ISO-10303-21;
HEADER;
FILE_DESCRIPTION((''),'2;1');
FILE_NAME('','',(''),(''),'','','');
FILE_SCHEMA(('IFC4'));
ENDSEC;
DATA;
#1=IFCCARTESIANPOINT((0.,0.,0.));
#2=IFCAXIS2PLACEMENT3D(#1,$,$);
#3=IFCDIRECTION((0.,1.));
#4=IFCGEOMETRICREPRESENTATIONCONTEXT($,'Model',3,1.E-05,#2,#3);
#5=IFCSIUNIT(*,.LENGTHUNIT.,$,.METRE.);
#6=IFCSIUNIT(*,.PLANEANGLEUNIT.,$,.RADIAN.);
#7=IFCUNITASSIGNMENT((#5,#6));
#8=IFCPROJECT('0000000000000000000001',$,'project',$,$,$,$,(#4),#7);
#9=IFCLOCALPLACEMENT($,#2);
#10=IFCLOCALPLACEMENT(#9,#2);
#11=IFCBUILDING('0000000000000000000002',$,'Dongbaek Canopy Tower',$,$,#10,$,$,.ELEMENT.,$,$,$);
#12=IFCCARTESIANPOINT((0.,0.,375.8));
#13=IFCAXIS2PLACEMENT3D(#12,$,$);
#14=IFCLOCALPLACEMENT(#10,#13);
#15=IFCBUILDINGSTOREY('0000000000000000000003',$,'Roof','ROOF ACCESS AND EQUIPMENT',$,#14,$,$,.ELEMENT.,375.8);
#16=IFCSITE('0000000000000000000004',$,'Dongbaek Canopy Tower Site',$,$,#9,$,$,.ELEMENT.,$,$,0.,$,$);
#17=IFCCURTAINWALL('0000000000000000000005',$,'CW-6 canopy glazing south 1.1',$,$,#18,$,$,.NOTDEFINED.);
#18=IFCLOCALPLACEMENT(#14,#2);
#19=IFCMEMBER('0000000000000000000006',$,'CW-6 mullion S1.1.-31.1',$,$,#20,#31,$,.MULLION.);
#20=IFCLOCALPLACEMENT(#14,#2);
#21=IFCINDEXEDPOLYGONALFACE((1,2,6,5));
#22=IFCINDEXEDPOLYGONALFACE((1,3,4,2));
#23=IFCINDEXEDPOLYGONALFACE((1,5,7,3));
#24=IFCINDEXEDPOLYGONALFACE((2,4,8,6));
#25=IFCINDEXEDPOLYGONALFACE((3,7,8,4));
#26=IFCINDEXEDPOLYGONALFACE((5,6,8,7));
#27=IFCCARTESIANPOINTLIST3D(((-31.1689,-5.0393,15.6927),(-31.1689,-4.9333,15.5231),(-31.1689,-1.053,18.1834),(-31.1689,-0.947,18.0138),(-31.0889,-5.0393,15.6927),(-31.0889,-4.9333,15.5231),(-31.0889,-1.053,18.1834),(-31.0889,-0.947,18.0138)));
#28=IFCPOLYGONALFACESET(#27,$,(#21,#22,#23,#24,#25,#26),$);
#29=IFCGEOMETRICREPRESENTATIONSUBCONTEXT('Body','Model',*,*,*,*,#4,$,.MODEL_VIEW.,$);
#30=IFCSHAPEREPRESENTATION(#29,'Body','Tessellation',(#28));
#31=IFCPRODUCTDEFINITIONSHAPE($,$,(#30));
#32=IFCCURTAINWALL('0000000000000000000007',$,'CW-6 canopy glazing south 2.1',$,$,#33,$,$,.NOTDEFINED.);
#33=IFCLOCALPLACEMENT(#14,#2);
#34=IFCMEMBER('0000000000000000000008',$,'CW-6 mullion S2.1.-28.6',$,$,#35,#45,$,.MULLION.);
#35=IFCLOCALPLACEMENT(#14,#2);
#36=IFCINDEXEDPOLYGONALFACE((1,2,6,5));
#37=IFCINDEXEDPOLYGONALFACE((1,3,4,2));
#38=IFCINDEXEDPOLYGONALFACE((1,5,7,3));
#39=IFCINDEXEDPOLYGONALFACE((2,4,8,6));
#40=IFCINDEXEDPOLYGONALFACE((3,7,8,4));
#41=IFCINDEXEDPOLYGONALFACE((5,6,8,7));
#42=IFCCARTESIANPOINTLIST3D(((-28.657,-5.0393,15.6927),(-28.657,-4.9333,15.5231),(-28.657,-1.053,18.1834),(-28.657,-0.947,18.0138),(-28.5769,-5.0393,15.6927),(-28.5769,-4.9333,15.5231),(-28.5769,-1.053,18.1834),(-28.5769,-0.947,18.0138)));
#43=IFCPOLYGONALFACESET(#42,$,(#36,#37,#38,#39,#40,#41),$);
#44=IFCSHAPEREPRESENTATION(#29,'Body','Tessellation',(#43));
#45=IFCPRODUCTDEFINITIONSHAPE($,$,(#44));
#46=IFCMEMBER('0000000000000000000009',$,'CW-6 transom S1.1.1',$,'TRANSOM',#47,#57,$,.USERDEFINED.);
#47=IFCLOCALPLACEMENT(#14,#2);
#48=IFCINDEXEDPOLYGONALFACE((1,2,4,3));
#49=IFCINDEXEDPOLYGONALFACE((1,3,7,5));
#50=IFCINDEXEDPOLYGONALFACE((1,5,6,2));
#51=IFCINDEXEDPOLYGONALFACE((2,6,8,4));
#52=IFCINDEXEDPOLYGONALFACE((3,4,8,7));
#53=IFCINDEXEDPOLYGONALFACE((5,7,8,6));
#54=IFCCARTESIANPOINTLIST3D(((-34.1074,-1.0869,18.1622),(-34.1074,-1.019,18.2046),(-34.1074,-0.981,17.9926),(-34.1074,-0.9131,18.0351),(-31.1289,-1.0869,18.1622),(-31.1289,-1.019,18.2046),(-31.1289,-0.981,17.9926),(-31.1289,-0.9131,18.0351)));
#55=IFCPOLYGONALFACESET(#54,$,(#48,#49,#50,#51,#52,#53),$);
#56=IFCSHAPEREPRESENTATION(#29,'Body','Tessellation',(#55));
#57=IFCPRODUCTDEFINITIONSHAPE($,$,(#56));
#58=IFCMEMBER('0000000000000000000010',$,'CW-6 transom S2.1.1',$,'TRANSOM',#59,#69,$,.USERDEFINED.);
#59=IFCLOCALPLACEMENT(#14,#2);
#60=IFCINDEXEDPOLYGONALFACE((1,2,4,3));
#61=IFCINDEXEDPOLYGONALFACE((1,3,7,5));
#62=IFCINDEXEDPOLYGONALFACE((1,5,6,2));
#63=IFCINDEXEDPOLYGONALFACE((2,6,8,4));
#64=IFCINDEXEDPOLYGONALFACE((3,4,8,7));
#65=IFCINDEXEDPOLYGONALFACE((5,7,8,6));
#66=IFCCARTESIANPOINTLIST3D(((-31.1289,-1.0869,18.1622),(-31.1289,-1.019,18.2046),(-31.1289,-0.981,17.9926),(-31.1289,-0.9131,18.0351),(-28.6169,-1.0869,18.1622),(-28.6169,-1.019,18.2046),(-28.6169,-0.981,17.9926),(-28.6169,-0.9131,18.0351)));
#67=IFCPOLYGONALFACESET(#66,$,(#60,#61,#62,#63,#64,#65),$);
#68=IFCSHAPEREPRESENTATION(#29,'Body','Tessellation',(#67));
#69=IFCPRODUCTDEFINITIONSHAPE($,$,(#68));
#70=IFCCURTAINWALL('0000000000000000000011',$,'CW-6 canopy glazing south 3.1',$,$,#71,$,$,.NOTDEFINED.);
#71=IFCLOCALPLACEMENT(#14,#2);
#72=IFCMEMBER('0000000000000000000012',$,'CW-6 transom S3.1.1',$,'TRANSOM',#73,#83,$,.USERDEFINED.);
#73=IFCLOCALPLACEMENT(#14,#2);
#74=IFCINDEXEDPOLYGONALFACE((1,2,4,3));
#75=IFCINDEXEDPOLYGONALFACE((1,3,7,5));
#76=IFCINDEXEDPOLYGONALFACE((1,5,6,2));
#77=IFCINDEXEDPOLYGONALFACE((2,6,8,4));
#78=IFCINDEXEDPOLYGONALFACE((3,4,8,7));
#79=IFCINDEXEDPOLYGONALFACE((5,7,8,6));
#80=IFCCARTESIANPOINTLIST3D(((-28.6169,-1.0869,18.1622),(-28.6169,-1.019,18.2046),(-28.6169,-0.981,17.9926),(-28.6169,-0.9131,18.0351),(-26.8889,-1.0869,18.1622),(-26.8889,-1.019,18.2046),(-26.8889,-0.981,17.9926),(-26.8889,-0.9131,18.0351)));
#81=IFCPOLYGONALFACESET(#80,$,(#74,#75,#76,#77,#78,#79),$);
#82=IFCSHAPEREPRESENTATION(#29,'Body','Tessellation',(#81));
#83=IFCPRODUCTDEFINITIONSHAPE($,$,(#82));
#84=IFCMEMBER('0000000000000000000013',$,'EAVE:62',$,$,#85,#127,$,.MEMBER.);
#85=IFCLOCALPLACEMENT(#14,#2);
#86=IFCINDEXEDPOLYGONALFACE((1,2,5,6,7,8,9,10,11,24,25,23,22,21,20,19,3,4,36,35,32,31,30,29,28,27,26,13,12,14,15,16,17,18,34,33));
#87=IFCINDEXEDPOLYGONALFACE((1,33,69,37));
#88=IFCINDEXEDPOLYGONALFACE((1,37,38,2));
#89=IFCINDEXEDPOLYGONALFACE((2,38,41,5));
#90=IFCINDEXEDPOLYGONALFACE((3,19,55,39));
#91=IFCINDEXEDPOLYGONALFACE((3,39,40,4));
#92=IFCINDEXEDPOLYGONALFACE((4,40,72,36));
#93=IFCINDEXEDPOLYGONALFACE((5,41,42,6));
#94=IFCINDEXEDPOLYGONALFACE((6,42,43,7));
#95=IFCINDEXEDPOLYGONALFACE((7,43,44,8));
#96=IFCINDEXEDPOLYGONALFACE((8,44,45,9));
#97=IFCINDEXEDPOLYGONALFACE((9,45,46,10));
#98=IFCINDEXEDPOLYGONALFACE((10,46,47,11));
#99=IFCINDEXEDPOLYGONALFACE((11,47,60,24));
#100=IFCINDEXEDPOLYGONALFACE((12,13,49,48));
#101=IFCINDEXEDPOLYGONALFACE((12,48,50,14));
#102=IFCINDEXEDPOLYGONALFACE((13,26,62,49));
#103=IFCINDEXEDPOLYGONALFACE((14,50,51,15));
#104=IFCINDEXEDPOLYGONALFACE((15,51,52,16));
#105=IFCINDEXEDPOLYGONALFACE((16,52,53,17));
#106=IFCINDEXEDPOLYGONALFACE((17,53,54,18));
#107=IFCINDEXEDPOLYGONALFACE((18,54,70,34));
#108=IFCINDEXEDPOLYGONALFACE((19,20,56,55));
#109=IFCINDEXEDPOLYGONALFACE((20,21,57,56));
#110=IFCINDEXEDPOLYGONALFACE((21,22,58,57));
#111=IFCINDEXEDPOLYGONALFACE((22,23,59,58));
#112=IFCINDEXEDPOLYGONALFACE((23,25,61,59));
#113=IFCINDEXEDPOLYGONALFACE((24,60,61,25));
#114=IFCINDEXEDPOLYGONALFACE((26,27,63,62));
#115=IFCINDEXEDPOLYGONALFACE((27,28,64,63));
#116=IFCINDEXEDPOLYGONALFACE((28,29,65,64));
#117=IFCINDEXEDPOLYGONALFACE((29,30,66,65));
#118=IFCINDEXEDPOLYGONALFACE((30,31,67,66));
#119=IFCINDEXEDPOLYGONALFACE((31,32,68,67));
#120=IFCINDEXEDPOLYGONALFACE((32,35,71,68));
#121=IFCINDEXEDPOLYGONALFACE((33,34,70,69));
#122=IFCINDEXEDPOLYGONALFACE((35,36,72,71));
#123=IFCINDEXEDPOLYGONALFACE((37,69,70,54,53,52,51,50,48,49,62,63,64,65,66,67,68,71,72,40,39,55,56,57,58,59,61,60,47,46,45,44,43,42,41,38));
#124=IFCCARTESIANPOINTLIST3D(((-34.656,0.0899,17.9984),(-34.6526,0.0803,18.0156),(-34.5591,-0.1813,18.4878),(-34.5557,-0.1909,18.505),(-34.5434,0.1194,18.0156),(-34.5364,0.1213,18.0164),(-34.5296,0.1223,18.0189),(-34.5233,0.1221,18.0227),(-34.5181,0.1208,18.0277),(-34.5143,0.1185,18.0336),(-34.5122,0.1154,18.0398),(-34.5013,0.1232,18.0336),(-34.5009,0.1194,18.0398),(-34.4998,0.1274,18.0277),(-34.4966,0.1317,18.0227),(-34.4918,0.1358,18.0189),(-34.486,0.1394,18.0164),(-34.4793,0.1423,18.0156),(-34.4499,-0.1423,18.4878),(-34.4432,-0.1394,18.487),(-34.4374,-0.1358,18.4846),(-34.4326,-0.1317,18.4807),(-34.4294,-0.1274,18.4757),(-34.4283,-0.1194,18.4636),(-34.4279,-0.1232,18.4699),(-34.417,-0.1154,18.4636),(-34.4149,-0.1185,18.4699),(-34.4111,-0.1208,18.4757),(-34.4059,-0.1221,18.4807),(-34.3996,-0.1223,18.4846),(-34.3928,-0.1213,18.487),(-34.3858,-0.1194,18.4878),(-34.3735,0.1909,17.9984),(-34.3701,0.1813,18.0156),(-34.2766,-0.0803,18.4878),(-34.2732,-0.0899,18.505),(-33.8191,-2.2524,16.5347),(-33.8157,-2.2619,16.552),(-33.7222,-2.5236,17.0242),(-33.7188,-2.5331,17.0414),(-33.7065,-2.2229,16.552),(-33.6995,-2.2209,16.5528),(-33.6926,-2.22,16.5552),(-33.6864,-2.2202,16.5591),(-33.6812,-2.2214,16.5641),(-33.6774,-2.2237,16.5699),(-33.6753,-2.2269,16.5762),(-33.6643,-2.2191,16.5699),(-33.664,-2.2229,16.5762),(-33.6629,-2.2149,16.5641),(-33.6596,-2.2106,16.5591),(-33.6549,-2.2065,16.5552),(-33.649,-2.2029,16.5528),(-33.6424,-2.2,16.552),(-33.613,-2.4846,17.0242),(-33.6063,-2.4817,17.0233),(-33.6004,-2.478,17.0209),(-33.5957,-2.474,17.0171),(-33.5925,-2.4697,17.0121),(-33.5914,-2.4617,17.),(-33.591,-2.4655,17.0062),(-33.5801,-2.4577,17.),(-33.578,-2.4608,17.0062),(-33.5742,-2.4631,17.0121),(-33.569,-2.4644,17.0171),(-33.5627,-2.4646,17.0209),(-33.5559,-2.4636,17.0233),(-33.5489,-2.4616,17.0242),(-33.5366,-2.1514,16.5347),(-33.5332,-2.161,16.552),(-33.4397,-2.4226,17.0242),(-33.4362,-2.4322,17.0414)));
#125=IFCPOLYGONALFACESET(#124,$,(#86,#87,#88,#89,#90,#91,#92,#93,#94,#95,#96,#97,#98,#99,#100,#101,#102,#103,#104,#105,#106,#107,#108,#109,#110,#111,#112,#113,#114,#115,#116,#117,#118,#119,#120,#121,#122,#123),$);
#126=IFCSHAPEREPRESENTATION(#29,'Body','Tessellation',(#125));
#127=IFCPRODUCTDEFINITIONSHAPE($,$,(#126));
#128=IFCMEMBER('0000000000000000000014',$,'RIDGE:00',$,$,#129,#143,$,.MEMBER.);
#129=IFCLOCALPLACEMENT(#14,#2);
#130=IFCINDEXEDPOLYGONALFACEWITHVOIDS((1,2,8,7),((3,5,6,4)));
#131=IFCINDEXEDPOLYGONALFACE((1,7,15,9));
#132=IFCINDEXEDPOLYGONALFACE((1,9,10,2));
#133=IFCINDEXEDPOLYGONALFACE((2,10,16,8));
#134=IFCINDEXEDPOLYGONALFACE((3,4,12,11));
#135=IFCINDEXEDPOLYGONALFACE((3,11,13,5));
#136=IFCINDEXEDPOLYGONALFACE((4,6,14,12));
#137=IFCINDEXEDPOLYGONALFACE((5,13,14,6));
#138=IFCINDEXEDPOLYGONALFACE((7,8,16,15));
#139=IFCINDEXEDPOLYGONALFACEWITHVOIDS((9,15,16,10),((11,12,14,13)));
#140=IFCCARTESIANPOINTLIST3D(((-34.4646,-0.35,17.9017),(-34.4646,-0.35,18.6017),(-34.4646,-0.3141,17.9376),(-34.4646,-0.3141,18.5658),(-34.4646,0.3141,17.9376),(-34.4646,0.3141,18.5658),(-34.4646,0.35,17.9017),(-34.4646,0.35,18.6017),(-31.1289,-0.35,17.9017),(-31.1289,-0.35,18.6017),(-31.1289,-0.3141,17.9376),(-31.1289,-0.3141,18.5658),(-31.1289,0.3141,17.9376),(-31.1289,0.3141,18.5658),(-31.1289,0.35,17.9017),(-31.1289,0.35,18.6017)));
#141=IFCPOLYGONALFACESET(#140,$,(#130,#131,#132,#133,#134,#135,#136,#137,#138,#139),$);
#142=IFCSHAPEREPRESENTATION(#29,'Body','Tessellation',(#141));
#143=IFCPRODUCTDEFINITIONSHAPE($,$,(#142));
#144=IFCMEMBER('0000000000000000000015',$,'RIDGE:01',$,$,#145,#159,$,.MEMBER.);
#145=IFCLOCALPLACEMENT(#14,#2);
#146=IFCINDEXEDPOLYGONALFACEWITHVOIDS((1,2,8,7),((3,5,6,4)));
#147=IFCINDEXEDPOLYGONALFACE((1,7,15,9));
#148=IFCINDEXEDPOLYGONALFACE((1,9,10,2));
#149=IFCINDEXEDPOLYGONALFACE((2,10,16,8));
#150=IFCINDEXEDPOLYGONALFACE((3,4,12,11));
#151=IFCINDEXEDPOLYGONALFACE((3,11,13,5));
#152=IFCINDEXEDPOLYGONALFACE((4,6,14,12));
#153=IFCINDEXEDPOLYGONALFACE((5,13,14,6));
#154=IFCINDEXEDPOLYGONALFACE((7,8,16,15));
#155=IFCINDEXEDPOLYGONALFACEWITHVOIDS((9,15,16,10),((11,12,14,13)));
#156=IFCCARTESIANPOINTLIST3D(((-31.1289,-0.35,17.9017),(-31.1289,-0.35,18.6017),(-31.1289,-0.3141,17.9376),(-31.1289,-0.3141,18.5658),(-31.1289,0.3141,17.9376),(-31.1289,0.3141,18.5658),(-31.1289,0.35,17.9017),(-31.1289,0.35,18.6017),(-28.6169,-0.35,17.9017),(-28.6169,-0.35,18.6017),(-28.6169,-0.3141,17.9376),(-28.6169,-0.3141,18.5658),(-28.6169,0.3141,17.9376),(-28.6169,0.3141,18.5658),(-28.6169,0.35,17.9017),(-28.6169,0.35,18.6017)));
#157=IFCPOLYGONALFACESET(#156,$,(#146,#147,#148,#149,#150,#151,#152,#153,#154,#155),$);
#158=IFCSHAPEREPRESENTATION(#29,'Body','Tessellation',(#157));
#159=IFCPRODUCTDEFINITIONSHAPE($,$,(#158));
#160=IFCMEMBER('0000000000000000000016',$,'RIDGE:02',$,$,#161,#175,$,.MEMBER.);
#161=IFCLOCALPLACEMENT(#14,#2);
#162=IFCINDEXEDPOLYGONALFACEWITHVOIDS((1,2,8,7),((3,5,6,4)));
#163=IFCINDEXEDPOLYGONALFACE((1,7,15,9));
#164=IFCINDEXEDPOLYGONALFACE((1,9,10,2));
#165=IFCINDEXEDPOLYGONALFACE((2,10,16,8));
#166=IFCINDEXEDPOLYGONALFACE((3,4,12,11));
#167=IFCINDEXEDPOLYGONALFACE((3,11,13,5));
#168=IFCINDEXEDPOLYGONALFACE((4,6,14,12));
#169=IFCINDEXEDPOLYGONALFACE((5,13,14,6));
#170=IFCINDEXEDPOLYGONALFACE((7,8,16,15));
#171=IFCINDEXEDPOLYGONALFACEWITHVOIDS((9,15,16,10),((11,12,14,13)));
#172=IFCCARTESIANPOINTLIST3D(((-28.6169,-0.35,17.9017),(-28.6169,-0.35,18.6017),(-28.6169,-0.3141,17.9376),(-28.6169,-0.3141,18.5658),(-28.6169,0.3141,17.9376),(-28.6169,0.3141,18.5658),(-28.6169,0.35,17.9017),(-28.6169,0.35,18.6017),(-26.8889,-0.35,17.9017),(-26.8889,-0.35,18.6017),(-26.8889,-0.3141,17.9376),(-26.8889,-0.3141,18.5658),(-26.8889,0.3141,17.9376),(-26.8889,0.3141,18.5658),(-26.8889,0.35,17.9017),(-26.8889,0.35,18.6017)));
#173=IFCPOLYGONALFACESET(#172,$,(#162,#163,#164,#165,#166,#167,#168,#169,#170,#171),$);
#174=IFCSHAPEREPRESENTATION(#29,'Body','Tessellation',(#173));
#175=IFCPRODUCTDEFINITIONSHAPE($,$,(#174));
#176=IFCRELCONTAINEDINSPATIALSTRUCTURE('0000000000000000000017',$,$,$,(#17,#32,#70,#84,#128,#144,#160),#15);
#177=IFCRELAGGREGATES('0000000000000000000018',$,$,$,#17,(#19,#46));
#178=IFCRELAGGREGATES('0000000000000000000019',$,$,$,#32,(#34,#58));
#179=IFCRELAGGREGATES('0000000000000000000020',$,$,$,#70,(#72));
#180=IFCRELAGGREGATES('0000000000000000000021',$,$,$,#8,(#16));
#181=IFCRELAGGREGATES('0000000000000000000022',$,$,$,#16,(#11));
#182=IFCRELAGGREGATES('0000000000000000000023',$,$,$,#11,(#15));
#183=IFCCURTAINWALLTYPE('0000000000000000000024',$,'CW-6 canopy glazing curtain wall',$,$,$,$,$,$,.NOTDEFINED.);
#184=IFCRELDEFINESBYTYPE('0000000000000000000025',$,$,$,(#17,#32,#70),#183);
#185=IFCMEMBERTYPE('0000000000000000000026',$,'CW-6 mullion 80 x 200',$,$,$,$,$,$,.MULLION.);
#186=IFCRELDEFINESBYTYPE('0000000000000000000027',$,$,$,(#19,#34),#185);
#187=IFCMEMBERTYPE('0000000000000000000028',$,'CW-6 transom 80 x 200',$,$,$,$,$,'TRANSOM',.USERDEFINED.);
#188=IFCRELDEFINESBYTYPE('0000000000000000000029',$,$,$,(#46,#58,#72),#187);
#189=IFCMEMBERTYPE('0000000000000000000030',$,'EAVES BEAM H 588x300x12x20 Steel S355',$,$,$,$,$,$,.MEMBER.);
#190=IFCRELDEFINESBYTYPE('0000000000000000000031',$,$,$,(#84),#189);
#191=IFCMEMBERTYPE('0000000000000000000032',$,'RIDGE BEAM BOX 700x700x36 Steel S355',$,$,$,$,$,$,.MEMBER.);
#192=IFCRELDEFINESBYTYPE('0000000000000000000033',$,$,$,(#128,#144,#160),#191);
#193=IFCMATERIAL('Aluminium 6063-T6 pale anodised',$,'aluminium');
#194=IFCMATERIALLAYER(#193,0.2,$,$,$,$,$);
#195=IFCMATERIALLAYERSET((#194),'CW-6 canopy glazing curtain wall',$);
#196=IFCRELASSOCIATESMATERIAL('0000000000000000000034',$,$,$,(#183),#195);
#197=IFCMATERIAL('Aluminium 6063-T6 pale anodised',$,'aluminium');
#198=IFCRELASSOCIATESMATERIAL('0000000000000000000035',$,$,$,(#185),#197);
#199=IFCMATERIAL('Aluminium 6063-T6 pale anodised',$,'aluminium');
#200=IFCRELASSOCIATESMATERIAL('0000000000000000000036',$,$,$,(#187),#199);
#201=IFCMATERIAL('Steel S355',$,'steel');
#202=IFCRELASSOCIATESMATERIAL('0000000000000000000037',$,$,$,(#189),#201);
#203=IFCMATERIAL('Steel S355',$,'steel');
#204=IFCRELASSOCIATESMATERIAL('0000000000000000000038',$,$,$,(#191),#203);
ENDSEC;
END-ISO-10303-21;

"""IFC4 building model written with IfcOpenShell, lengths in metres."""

from ifc_helpers import new_model, si_unit, direction, frame, origin, origin_2d, place, context, subcontext, project, spatial, rectangle, hollow_rectangle, i_section, extrude, material, layer, layer_set, material_profile, profile_set, type_object, element, aggregate, save


model = new_model("IFC4")

# Units and contexts
model_context = context("Model", 3, precision=1e-05, world=origin(), true_north=direction((0.0, 1.0)))
body_context = subcontext(model_context, "Body", "Model", "MODEL_VIEW")
ifc_project = project(units=[si_unit("LENGTHUNIT", "METRE"), si_unit("PLANEANGLEUNIT", "RADIAN")], contexts=[model_context])

# Site, building, storey
site_placement = place(None, origin())
site = spatial("IfcSite", under=ifc_project, at=site_placement, Name="Dongbaek Canopy Tower Site", CompositionType="ELEMENT", RefElevation=0.0)
building_placement = place(site_placement, origin())
building = spatial("IfcBuilding", under=site, at=building_placement, Name="Dongbaek Canopy Tower", CompositionType="ELEMENT")
storey_placement = place(building_placement, frame((0.0, 0.0, 375.8)))
storey = spatial("IfcBuildingStorey", under=building, at=storey_placement, Name="Roof", Description="ROOF ACCESS AND EQUIPMENT", CompositionType="ELEMENT", Elevation=375.8)

# Curtain walls, members
ifc_material_1 = material(Name="Aluminium 6063-T6 pale anodised", Category="aluminium")
ifc_layer_1 = layer(ifc_material_1, 0.2)
ifc_layer_set_1 = layer_set([ifc_layer_1], Name="CW-6 canopy glazing curtain wall")
curtain_wall_type = type_object("IfcCurtainWallType", Name="CW-6 canopy glazing curtain wall", PredefinedType="NOTDEFINED", material=ifc_layer_set_1)
curtain_wall_1_placement = place(storey_placement, origin())
curtain_wall_1 = element("IfcCurtainWall", 1, at=curtain_wall_1_placement, inside=storey, type_object=curtain_wall_type, Name="CW-6 canopy glazing south 1.1", PredefinedType="NOTDEFINED")
ifc_material_2 = material(Name="Aluminium 6063-T6 pale anodised", Category="aluminium")
ifc_material_profile_1 = material_profile(ifc_material_2, rectangle(XDim=0.0801, YDim=0.2, at=origin_2d()), Name="CW-6 mullion 80 x 200")
ifc_profile_set_1 = profile_set([ifc_material_profile_1], Name="Aluminium 6063-T6 pale anodised")
member_type_1 = type_object("IfcMemberType", Name="CW-6 mullion 80 x 200", PredefinedType="MULLION", material=ifc_profile_set_1)
member_1_placement = place(storey_placement, frame((-31.1289, -1.0, 18.0986), z_axis=(0.0, -0.848068, -0.529887), x_axis=(1.0, 0.0, 0.0)))
member_1 = element("IfcMember", 2, at=member_1_placement, type_object=member_type_1, Name="CW-6 mullion S1.1.-31.1", PredefinedType="MULLION", context=body_context, shape_type="SweptSolid", body=[
    extrude(rectangle(XDim=0.0801, YDim=0.2, at=origin_2d()), origin(), (0.0, 0.0, 1.0), 4.7004),
])
curtain_wall_2_placement = place(storey_placement, origin())
curtain_wall_2 = element("IfcCurtainWall", 3, at=curtain_wall_2_placement, inside=storey, type_object=curtain_wall_type, Name="CW-6 canopy glazing south 2.1", PredefinedType="NOTDEFINED")
member_2_placement = place(storey_placement, frame((-28.6169, -1.0, 18.0986), z_axis=(0.0, -0.848068, -0.529887), x_axis=(1.0, 0.0, 0.0)))
member_2 = element("IfcMember", 4, at=member_2_placement, type_object=member_type_1, Name="CW-6 mullion S2.1.-28.6", PredefinedType="MULLION", context=body_context, shape_type="SweptSolid", body=[
    extrude(rectangle(XDim=0.0801, YDim=0.2, at=origin_2d()), origin(), (0.0, 0.0, 1.0), 4.7004),
])

# Members
ifc_material_3 = material(Name="Aluminium 6063-T6 pale anodised", Category="aluminium")
ifc_material_profile_2 = material_profile(ifc_material_3, rectangle(XDim=0.0801, YDim=0.2, at=origin_2d()), Name="CW-6 transom 80 x 200")
ifc_profile_set_2 = profile_set([ifc_material_profile_2], Name="Aluminium 6063-T6 pale anodised")
member_type_2 = type_object("IfcMemberType", Name="CW-6 transom 80 x 200", ElementType="TRANSOM", PredefinedType="USERDEFINED", material=ifc_profile_set_2)
member_3_placement = place(storey_placement, frame((-34.1074, -1.0, 18.0986), z_axis=(1.0, 0.0, 0.0), x_axis=(0.0, 0.848048, 0.529919)))
member_3 = element("IfcMember", 5, at=member_3_placement, type_object=member_type_2, Name="CW-6 transom S1.1.1", ObjectType="TRANSOM", PredefinedType="USERDEFINED", context=body_context, shape_type="SweptSolid", body=[
    extrude(rectangle(XDim=0.0801, YDim=0.2, at=origin_2d()), origin(), (0.0, 0.0, 1.0), 2.9785),
])
member_4_placement = place(storey_placement, frame((-31.1289, -1.0, 18.0986), z_axis=(1.0, 0.0, 0.0), x_axis=(0.0, 0.848048, 0.529919)))
member_4 = element("IfcMember", 6, at=member_4_placement, type_object=member_type_2, Name="CW-6 transom S2.1.1", ObjectType="TRANSOM", PredefinedType="USERDEFINED", context=body_context, shape_type="SweptSolid", body=[
    extrude(rectangle(XDim=0.0801, YDim=0.2, at=origin_2d()), origin(), (0.0, 0.0, 1.0), 2.512),
])

# Curtain wall, member
curtain_wall_3_placement = place(storey_placement, origin())
curtain_wall_3 = element("IfcCurtainWall", 7, at=curtain_wall_3_placement, inside=storey, type_object=curtain_wall_type, Name="CW-6 canopy glazing south 3.1", PredefinedType="NOTDEFINED")
member_5_placement = place(storey_placement, frame((-28.6169, -1.0, 18.0986), z_axis=(1.0, 0.0, 0.0), x_axis=(0.0, 0.848048, 0.529919)))
member_5 = element("IfcMember", 8, at=member_5_placement, type_object=member_type_2, Name="CW-6 transom S3.1.1", ObjectType="TRANSOM", PredefinedType="USERDEFINED", context=body_context, shape_type="SweptSolid", body=[
    extrude(rectangle(XDim=0.0801, YDim=0.2, at=origin_2d()), origin(), (0.0, 0.0, 1.0), 1.728),
])

# Members
ifc_material_4 = material(Name="Steel S355", Category="steel")
ifc_material_profile_3 = material_profile(ifc_material_4, i_section(OverallWidth=0.3, OverallDepth=0.5879, WebThickness=0.012, FlangeThickness=0.02, FilletRadius=0.0281, at=origin_2d()), Name="EAVES BEAM H 588x300x12x20 Steel S355")
ifc_profile_set_3 = profile_set([ifc_material_profile_3], Name="Steel S355")
member_type_3 = type_object("IfcMemberType", Name="EAVES BEAM H 588x300x12x20 Steel S355", PredefinedType="MEMBER", material=ifc_profile_set_3)
member_6_placement = place(storey_placement, frame((-34.4646, 0.0, 18.2517), z_axis=(0.289992, -0.811606, -0.507148), x_axis=(0.941693, 0.336473, 0.0)))
element("IfcMember", 9, at=member_6_placement, inside=storey, type_object=member_type_3, Name="EAVE:62", PredefinedType="MEMBER", context=body_context, shape_type="SweptSolid", body=[
    extrude(i_section(OverallWidth=0.3, OverallDepth=0.5879, WebThickness=0.012, FlangeThickness=0.02, FilletRadius=0.0281, at=origin_2d()), origin(), (0.0, 0.0, 1.0), 2.886),
])
ifc_material_5 = material(Name="Steel S355", Category="steel")
ifc_material_profile_4 = material_profile(ifc_material_5, hollow_rectangle(XDim=0.7, YDim=0.7, WallThickness=0.0359, at=origin_2d()), Name="RIDGE BEAM BOX 700x700x36 Steel S355")
ifc_profile_set_4 = profile_set([ifc_material_profile_4], Name="Steel S355")
member_type_4 = type_object("IfcMemberType", Name="RIDGE BEAM BOX 700x700x36 Steel S355", PredefinedType="MEMBER", material=ifc_profile_set_4)
member_7_placement = place(storey_placement, frame((-34.4646, 0.0, 18.2517), z_axis=(1.0, 0.0, 0.0), x_axis=(0.0, 1.0, 0.0)))
element("IfcMember", 10, at=member_7_placement, inside=storey, type_object=member_type_4, Name="RIDGE:00", PredefinedType="MEMBER", context=body_context, shape_type="SweptSolid", body=[
    extrude(hollow_rectangle(XDim=0.7, YDim=0.7, WallThickness=0.0359, at=origin_2d()), origin(), (0.0, 0.0, 1.0), 3.3357),
])
member_8_placement = place(storey_placement, frame((-31.1289, 0.0, 18.2517), z_axis=(1.0, 0.0, 0.0), x_axis=(0.0, 1.0, 0.0)))
element("IfcMember", 11, at=member_8_placement, inside=storey, type_object=member_type_4, Name="RIDGE:01", PredefinedType="MEMBER", context=body_context, shape_type="SweptSolid", body=[
    extrude(hollow_rectangle(XDim=0.7, YDim=0.7, WallThickness=0.0359, at=origin_2d()), origin(), (0.0, 0.0, 1.0), 2.512),
])
member_9_placement = place(storey_placement, frame((-28.6169, 0.0, 18.2517), z_axis=(1.0, 0.0, 0.0), x_axis=(0.0, 1.0, 0.0)))
element("IfcMember", 12, at=member_9_placement, inside=storey, type_object=member_type_4, Name="RIDGE:02", PredefinedType="MEMBER", context=body_context, shape_type="SweptSolid", body=[
    extrude(hollow_rectangle(XDim=0.7, YDim=0.7, WallThickness=0.0359, at=origin_2d()), origin(), (0.0, 0.0, 1.0), 1.728),
])

aggregate(curtain_wall_1, [member_1, member_3])
aggregate(curtain_wall_2, [member_2, member_4])
aggregate(curtain_wall_3, [member_5])

save(model, "model.ifc")
